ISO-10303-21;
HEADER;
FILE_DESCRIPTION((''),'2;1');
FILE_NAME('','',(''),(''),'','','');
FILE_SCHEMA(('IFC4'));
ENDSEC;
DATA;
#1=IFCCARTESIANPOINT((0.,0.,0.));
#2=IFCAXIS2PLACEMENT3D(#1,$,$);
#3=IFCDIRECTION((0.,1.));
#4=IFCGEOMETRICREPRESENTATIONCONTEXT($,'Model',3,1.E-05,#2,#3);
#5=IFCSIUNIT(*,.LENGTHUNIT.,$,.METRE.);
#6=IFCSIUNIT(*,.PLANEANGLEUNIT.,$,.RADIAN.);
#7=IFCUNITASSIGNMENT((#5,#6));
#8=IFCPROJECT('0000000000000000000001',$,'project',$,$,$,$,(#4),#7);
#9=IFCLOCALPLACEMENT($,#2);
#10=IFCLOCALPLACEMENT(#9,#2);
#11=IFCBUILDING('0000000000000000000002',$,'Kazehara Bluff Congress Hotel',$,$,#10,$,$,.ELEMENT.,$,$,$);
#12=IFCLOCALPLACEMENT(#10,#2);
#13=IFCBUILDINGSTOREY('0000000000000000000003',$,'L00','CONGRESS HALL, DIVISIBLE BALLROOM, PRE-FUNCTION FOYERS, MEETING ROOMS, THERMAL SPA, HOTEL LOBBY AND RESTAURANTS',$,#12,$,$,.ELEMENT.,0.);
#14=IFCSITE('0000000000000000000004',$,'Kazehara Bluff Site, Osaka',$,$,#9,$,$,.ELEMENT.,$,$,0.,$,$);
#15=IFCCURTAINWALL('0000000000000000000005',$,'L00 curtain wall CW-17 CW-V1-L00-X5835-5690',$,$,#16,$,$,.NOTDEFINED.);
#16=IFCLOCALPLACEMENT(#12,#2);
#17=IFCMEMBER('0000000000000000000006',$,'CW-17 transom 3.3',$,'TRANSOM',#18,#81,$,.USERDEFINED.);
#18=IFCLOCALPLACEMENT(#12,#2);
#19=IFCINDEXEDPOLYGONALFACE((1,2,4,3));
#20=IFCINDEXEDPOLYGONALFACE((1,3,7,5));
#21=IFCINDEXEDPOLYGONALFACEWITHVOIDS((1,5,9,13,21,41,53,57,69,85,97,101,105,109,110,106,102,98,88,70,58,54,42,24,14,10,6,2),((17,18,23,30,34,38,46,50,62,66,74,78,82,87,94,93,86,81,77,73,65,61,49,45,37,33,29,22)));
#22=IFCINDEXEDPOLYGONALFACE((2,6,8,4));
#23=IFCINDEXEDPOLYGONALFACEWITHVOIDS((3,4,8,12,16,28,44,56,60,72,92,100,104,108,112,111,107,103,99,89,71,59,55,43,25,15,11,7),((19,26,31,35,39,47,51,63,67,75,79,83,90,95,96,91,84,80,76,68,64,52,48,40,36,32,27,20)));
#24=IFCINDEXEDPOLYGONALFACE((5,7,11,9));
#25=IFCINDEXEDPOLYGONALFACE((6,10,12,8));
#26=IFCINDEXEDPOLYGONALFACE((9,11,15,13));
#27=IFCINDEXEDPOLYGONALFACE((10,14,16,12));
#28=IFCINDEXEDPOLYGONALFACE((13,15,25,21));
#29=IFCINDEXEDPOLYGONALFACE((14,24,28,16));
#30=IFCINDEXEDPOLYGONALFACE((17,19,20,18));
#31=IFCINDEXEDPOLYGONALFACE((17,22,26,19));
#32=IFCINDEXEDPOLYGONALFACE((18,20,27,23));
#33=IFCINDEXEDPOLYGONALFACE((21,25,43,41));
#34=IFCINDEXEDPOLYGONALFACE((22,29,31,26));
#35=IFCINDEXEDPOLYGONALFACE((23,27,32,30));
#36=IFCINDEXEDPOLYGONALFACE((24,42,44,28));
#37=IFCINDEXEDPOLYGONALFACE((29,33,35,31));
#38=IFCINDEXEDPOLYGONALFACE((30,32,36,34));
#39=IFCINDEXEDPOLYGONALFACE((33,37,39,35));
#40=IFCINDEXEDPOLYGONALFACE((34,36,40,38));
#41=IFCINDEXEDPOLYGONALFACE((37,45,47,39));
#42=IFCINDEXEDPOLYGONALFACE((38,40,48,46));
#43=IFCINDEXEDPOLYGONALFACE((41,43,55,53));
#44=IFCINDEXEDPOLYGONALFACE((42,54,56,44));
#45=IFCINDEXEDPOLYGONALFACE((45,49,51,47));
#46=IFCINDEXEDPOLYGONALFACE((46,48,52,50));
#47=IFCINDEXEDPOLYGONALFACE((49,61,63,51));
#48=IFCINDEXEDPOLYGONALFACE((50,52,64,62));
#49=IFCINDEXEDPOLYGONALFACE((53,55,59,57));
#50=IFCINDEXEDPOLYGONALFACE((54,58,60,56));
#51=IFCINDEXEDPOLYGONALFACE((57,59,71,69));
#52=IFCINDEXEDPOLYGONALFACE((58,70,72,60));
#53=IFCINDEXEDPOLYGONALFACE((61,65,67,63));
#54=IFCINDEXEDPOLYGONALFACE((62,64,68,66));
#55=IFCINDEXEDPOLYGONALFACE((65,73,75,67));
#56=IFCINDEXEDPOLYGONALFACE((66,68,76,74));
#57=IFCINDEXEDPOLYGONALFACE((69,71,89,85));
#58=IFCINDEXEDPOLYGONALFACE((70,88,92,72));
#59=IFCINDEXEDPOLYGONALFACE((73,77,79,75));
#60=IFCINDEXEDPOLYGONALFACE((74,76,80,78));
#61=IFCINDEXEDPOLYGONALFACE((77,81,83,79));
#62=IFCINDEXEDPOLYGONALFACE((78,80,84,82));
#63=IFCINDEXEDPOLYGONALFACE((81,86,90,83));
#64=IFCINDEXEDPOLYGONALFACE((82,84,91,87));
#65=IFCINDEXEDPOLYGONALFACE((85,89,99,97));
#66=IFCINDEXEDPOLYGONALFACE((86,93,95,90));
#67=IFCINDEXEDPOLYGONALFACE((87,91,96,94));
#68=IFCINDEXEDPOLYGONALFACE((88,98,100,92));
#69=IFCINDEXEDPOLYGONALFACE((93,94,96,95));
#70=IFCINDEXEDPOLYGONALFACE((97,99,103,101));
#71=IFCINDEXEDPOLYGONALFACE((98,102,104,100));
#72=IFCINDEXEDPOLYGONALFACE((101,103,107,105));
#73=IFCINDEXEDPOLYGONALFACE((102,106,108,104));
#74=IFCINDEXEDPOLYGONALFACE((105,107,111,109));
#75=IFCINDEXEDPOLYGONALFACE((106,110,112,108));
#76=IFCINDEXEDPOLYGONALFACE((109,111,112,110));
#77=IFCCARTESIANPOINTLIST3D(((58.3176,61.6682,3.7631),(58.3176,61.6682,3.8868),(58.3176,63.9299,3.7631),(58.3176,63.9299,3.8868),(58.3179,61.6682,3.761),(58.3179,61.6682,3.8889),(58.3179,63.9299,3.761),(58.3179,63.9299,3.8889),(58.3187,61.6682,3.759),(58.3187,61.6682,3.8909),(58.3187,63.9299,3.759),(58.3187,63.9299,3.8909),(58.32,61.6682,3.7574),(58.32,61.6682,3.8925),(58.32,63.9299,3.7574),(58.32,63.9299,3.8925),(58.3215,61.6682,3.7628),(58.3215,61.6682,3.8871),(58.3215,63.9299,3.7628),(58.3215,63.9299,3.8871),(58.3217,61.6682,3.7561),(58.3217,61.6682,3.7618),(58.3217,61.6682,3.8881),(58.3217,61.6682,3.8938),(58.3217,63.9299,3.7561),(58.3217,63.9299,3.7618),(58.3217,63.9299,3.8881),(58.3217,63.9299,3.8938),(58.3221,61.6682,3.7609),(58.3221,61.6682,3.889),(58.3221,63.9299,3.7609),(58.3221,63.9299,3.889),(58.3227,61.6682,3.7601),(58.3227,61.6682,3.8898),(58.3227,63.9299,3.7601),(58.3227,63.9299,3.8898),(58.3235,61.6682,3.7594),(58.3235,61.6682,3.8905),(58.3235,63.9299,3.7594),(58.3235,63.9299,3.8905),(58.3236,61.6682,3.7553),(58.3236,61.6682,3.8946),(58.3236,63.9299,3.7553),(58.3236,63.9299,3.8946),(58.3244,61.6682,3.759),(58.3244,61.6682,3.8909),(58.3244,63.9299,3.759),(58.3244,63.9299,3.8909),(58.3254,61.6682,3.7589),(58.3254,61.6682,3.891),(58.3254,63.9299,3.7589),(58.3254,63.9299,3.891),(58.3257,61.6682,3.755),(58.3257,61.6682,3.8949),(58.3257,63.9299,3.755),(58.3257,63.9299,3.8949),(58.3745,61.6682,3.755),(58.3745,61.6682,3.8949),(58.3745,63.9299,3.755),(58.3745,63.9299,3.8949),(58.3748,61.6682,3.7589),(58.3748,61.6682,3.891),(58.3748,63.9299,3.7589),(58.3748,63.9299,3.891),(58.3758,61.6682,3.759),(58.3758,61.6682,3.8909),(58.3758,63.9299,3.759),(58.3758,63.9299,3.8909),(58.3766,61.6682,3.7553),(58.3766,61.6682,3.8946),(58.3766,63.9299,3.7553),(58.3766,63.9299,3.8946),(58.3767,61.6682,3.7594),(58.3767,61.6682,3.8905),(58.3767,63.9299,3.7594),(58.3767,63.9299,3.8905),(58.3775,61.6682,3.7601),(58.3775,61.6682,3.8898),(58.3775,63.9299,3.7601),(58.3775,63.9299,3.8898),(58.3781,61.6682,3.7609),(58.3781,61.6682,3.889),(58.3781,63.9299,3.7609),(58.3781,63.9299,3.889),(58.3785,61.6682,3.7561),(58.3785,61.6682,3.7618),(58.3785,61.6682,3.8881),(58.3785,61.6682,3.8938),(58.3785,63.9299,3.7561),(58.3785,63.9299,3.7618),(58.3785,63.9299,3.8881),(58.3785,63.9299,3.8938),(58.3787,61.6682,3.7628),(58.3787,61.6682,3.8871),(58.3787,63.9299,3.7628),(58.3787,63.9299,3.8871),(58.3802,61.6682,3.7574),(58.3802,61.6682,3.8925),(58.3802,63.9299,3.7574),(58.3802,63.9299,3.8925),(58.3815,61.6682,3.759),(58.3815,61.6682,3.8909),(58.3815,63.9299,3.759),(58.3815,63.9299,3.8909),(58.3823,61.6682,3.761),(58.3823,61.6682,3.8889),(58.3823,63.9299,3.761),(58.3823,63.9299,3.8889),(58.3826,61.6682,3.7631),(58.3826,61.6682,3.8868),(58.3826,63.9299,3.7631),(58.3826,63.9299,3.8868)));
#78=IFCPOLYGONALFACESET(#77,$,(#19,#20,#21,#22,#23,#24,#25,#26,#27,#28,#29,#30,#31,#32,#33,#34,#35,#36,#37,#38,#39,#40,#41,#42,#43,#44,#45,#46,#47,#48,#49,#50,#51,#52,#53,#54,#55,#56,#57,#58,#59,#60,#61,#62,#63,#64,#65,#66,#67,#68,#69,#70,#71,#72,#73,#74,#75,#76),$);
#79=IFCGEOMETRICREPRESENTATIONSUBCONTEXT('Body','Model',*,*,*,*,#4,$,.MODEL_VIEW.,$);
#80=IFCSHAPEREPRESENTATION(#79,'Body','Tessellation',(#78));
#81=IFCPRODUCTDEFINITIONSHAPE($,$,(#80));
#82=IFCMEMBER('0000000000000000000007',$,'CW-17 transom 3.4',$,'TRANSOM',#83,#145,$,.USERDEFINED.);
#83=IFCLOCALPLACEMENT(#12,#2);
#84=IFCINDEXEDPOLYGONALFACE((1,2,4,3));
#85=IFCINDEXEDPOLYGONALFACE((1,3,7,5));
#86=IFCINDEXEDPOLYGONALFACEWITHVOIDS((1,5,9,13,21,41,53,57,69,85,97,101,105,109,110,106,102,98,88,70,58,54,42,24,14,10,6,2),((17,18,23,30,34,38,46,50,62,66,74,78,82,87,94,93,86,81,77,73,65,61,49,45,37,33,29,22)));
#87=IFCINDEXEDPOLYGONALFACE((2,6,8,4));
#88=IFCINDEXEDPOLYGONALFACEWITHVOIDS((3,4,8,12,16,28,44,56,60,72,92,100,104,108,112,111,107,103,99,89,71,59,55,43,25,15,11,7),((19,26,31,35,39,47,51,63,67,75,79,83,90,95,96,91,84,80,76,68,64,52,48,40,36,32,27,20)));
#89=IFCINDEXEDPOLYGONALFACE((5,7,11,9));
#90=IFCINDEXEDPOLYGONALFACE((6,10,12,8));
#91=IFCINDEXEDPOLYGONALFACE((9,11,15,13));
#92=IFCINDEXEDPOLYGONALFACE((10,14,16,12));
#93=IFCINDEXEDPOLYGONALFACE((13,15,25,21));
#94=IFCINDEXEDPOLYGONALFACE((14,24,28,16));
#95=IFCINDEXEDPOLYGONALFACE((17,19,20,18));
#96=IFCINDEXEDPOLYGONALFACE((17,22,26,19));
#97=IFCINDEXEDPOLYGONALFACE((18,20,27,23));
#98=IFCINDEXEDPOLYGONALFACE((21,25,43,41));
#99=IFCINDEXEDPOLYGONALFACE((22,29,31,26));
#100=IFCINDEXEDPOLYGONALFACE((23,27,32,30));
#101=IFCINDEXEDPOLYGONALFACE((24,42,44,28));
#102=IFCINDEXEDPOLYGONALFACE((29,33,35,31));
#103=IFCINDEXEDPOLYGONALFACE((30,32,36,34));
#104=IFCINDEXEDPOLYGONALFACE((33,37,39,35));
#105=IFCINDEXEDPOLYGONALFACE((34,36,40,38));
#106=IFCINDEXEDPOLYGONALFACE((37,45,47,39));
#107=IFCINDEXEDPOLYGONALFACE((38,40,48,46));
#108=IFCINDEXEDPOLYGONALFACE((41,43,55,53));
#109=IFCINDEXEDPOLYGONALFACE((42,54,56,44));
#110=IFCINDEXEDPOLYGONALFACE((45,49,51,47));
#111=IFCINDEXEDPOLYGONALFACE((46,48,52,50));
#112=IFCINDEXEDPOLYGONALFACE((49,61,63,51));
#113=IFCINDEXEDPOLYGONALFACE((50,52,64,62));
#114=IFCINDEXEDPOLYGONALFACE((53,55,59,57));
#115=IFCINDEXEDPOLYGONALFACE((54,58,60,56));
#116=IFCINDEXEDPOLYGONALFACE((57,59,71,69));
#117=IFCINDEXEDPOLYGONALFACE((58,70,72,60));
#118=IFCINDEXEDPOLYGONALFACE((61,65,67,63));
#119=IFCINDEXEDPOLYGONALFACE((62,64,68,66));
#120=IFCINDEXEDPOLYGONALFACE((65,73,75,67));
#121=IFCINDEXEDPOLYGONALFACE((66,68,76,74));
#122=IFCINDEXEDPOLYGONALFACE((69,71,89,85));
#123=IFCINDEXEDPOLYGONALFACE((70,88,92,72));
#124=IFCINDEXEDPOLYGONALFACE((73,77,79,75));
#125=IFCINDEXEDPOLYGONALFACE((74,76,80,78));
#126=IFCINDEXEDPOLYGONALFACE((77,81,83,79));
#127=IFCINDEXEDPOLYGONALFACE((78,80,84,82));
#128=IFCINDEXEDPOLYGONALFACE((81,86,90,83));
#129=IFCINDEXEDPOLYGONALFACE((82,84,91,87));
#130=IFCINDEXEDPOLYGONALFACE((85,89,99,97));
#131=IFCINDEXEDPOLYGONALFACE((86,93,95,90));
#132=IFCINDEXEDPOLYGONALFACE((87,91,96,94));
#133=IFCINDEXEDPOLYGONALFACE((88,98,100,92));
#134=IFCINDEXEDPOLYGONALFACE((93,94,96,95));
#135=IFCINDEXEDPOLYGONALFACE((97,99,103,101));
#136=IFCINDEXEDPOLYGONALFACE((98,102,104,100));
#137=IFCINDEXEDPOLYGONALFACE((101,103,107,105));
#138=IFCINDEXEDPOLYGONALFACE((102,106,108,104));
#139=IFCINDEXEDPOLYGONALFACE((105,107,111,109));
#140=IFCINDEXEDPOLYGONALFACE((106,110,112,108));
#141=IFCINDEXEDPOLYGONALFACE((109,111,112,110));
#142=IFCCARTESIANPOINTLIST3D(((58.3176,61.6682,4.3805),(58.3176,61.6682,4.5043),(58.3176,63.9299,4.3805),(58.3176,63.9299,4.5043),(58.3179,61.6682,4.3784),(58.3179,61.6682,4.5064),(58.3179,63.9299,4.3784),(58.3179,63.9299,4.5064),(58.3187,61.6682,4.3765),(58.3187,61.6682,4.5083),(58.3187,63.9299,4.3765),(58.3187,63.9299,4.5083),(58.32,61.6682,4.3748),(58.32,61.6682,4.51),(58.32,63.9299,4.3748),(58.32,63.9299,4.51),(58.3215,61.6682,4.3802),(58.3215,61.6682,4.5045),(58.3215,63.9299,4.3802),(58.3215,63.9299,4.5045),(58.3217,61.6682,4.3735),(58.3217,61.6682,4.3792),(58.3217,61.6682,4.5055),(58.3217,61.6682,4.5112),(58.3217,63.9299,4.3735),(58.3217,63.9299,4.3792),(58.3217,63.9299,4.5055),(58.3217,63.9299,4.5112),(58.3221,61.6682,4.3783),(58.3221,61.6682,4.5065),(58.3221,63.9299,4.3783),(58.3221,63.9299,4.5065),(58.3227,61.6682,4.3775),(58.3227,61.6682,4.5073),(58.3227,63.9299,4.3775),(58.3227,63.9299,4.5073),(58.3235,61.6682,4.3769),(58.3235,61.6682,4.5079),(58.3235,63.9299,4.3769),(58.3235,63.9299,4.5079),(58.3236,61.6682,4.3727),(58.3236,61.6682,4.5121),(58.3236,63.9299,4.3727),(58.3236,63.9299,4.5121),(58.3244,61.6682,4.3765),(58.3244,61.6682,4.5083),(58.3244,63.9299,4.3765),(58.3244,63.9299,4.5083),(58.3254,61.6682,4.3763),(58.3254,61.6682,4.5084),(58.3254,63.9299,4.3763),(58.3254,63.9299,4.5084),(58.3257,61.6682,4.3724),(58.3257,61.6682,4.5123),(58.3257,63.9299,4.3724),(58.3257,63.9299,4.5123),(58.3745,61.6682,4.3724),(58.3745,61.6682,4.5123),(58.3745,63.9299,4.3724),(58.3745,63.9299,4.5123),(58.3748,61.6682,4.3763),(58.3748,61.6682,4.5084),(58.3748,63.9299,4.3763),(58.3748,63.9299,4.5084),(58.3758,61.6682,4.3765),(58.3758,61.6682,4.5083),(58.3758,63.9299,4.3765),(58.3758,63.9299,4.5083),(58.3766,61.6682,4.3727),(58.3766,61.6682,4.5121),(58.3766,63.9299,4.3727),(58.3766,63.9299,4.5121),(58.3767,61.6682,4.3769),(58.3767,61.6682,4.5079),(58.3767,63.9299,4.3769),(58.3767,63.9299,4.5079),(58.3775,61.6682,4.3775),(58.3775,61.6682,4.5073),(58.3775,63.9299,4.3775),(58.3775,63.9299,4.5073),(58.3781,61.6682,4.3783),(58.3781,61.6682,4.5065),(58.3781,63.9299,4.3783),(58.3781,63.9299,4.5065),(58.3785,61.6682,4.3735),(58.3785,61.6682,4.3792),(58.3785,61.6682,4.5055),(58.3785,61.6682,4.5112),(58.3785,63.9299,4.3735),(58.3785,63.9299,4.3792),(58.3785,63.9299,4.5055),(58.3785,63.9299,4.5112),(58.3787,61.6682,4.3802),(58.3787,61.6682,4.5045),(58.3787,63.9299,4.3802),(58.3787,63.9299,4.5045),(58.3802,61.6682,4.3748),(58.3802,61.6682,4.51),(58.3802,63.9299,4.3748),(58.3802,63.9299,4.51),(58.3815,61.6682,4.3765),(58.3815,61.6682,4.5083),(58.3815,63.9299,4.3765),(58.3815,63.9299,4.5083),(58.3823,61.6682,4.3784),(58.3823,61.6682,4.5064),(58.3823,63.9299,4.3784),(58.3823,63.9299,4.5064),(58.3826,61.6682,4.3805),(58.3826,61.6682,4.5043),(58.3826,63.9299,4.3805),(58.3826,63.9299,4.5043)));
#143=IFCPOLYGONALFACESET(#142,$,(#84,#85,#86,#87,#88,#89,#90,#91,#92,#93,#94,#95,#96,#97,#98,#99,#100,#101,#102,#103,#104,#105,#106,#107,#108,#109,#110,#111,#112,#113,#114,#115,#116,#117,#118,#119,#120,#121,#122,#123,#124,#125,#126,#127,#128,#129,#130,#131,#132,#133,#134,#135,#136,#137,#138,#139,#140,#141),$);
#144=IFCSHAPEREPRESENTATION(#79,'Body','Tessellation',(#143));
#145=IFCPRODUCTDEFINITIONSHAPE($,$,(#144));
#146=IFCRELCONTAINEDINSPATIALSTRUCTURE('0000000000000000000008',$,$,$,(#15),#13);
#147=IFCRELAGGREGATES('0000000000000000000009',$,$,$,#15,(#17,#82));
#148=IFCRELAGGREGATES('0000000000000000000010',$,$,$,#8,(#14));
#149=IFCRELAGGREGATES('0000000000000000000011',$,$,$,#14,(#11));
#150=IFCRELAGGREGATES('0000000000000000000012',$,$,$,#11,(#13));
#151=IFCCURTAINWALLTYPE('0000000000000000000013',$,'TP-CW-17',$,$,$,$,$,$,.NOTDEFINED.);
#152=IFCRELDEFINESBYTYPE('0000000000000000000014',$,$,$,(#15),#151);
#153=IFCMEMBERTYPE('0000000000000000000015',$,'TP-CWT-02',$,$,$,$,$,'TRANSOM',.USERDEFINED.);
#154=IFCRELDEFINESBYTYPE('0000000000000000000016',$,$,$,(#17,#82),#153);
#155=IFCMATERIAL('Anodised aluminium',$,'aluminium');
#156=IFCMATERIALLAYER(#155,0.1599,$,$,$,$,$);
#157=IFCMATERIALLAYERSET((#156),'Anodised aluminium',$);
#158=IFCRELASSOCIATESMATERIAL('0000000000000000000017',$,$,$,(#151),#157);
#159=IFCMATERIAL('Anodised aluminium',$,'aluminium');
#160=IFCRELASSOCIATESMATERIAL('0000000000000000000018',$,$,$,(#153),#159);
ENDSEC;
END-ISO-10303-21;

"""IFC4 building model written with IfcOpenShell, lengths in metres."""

from ifc_helpers import new_model, si_unit, direction, frame, origin, origin_2d, place, context, subcontext, project, spatial, hollow_rectangle, extrude, material, layer, layer_set, material_profile, profile_set, type_object, element, aggregate, save


model = new_model("IFC4")

# Units and contexts
model_context = context("Model", 3, precision=1e-05, world=origin(), true_north=direction((0.0, 1.0)))
body_context = subcontext(model_context, "Body", "Model", "MODEL_VIEW")
ifc_project = project(units=[si_unit("LENGTHUNIT", "METRE"), si_unit("PLANEANGLEUNIT", "RADIAN")], contexts=[model_context])

# Site, building, storey
site_placement = place(None, origin())
site = spatial("IfcSite", under=ifc_project, at=site_placement, Name="Kazehara Bluff Site, Osaka", CompositionType="ELEMENT", RefElevation=0.0)
building_placement = place(site_placement, origin())
building = spatial("IfcBuilding", under=site, at=building_placement, Name="Kazehara Bluff Congress Hotel", CompositionType="ELEMENT")
storey_placement = place(building_placement, origin())
storey = spatial("IfcBuildingStorey", under=building, at=storey_placement, Name="L00", Description="CONGRESS HALL, DIVISIBLE BALLROOM, PRE-FUNCTION FOYERS, MEETING ROOMS, THERMAL SPA, HOTEL LOBBY AND RESTAURANTS", CompositionType="ELEMENT", Elevation=0.0)

# Curtain wall
ifc_material_1 = material(Name="Anodised aluminium", Category="aluminium")
ifc_layer_1 = layer(ifc_material_1, 0.1599)
ifc_layer_set_1 = layer_set([ifc_layer_1], Name="Anodised aluminium")
curtain_wall_type = type_object("IfcCurtainWallType", Name="TP-CW-17", PredefinedType="NOTDEFINED", material=ifc_layer_set_1)
curtain_wall_1_placement = place(storey_placement, origin())
curtain_wall_1 = element("IfcCurtainWall", 1, at=curtain_wall_1_placement, inside=storey, type_object=curtain_wall_type, Name="L00 curtain wall CW-17 CW-V1-L00-X5835-5690", PredefinedType="NOTDEFINED")

# Members
ifc_material_2 = material(Name="Anodised aluminium", Category="aluminium")
ifc_material_profile_1 = material_profile(ifc_material_2, hollow_rectangle(XDim=0.0649, YDim=0.1399, WallThickness=0.0039, InnerFilletRadius=0.0039, OuterFilletRadius=0.0081, at=origin_2d()))
ifc_profile_set_1 = profile_set([ifc_material_profile_1], Name="Anodised aluminium")
member_type_1 = type_object("IfcMemberType", Name="TP-CWT-02", ElementType="TRANSOM", PredefinedType="USERDEFINED", material=ifc_profile_set_1)
member_1_placement = place(storey_placement, frame((58.3501, 61.6682, 3.825), z_axis=(0.0, 1.0, 0.0), x_axis=(-1.0, 0.0, 0.0)))
member_1 = element("IfcMember", 2, at=member_1_placement, type_object=member_type_1, Name="CW-17 transom 3.3", ObjectType="TRANSOM", PredefinedType="USERDEFINED", context=body_context, shape_type="SweptSolid", body=[
    extrude(hollow_rectangle(XDim=0.0649, YDim=0.1399, WallThickness=0.0039, InnerFilletRadius=0.0039, OuterFilletRadius=0.0081, at=origin_2d()), origin(), (0.0, 0.0, 1.0), 2.2617),
])
member_2_placement = place(storey_placement, frame((58.3501, 61.6682, 4.4424), z_axis=(0.0, 1.0, 0.0), x_axis=(-1.0, 0.0, 0.0)))
member_2 = element("IfcMember", 3, at=member_2_placement, type_object=member_type_1, Name="CW-17 transom 3.4", ObjectType="TRANSOM", PredefinedType="USERDEFINED", context=body_context, shape_type="SweptSolid", body=[
    extrude(hollow_rectangle(XDim=0.0649, YDim=0.1399, WallThickness=0.0039, InnerFilletRadius=0.0039, OuterFilletRadius=0.0081, at=origin_2d()), origin(), (0.0, 0.0, 1.0), 2.2617),
])

aggregate(curtain_wall_1, [member_1, member_2])

save(model, "model.ifc")
